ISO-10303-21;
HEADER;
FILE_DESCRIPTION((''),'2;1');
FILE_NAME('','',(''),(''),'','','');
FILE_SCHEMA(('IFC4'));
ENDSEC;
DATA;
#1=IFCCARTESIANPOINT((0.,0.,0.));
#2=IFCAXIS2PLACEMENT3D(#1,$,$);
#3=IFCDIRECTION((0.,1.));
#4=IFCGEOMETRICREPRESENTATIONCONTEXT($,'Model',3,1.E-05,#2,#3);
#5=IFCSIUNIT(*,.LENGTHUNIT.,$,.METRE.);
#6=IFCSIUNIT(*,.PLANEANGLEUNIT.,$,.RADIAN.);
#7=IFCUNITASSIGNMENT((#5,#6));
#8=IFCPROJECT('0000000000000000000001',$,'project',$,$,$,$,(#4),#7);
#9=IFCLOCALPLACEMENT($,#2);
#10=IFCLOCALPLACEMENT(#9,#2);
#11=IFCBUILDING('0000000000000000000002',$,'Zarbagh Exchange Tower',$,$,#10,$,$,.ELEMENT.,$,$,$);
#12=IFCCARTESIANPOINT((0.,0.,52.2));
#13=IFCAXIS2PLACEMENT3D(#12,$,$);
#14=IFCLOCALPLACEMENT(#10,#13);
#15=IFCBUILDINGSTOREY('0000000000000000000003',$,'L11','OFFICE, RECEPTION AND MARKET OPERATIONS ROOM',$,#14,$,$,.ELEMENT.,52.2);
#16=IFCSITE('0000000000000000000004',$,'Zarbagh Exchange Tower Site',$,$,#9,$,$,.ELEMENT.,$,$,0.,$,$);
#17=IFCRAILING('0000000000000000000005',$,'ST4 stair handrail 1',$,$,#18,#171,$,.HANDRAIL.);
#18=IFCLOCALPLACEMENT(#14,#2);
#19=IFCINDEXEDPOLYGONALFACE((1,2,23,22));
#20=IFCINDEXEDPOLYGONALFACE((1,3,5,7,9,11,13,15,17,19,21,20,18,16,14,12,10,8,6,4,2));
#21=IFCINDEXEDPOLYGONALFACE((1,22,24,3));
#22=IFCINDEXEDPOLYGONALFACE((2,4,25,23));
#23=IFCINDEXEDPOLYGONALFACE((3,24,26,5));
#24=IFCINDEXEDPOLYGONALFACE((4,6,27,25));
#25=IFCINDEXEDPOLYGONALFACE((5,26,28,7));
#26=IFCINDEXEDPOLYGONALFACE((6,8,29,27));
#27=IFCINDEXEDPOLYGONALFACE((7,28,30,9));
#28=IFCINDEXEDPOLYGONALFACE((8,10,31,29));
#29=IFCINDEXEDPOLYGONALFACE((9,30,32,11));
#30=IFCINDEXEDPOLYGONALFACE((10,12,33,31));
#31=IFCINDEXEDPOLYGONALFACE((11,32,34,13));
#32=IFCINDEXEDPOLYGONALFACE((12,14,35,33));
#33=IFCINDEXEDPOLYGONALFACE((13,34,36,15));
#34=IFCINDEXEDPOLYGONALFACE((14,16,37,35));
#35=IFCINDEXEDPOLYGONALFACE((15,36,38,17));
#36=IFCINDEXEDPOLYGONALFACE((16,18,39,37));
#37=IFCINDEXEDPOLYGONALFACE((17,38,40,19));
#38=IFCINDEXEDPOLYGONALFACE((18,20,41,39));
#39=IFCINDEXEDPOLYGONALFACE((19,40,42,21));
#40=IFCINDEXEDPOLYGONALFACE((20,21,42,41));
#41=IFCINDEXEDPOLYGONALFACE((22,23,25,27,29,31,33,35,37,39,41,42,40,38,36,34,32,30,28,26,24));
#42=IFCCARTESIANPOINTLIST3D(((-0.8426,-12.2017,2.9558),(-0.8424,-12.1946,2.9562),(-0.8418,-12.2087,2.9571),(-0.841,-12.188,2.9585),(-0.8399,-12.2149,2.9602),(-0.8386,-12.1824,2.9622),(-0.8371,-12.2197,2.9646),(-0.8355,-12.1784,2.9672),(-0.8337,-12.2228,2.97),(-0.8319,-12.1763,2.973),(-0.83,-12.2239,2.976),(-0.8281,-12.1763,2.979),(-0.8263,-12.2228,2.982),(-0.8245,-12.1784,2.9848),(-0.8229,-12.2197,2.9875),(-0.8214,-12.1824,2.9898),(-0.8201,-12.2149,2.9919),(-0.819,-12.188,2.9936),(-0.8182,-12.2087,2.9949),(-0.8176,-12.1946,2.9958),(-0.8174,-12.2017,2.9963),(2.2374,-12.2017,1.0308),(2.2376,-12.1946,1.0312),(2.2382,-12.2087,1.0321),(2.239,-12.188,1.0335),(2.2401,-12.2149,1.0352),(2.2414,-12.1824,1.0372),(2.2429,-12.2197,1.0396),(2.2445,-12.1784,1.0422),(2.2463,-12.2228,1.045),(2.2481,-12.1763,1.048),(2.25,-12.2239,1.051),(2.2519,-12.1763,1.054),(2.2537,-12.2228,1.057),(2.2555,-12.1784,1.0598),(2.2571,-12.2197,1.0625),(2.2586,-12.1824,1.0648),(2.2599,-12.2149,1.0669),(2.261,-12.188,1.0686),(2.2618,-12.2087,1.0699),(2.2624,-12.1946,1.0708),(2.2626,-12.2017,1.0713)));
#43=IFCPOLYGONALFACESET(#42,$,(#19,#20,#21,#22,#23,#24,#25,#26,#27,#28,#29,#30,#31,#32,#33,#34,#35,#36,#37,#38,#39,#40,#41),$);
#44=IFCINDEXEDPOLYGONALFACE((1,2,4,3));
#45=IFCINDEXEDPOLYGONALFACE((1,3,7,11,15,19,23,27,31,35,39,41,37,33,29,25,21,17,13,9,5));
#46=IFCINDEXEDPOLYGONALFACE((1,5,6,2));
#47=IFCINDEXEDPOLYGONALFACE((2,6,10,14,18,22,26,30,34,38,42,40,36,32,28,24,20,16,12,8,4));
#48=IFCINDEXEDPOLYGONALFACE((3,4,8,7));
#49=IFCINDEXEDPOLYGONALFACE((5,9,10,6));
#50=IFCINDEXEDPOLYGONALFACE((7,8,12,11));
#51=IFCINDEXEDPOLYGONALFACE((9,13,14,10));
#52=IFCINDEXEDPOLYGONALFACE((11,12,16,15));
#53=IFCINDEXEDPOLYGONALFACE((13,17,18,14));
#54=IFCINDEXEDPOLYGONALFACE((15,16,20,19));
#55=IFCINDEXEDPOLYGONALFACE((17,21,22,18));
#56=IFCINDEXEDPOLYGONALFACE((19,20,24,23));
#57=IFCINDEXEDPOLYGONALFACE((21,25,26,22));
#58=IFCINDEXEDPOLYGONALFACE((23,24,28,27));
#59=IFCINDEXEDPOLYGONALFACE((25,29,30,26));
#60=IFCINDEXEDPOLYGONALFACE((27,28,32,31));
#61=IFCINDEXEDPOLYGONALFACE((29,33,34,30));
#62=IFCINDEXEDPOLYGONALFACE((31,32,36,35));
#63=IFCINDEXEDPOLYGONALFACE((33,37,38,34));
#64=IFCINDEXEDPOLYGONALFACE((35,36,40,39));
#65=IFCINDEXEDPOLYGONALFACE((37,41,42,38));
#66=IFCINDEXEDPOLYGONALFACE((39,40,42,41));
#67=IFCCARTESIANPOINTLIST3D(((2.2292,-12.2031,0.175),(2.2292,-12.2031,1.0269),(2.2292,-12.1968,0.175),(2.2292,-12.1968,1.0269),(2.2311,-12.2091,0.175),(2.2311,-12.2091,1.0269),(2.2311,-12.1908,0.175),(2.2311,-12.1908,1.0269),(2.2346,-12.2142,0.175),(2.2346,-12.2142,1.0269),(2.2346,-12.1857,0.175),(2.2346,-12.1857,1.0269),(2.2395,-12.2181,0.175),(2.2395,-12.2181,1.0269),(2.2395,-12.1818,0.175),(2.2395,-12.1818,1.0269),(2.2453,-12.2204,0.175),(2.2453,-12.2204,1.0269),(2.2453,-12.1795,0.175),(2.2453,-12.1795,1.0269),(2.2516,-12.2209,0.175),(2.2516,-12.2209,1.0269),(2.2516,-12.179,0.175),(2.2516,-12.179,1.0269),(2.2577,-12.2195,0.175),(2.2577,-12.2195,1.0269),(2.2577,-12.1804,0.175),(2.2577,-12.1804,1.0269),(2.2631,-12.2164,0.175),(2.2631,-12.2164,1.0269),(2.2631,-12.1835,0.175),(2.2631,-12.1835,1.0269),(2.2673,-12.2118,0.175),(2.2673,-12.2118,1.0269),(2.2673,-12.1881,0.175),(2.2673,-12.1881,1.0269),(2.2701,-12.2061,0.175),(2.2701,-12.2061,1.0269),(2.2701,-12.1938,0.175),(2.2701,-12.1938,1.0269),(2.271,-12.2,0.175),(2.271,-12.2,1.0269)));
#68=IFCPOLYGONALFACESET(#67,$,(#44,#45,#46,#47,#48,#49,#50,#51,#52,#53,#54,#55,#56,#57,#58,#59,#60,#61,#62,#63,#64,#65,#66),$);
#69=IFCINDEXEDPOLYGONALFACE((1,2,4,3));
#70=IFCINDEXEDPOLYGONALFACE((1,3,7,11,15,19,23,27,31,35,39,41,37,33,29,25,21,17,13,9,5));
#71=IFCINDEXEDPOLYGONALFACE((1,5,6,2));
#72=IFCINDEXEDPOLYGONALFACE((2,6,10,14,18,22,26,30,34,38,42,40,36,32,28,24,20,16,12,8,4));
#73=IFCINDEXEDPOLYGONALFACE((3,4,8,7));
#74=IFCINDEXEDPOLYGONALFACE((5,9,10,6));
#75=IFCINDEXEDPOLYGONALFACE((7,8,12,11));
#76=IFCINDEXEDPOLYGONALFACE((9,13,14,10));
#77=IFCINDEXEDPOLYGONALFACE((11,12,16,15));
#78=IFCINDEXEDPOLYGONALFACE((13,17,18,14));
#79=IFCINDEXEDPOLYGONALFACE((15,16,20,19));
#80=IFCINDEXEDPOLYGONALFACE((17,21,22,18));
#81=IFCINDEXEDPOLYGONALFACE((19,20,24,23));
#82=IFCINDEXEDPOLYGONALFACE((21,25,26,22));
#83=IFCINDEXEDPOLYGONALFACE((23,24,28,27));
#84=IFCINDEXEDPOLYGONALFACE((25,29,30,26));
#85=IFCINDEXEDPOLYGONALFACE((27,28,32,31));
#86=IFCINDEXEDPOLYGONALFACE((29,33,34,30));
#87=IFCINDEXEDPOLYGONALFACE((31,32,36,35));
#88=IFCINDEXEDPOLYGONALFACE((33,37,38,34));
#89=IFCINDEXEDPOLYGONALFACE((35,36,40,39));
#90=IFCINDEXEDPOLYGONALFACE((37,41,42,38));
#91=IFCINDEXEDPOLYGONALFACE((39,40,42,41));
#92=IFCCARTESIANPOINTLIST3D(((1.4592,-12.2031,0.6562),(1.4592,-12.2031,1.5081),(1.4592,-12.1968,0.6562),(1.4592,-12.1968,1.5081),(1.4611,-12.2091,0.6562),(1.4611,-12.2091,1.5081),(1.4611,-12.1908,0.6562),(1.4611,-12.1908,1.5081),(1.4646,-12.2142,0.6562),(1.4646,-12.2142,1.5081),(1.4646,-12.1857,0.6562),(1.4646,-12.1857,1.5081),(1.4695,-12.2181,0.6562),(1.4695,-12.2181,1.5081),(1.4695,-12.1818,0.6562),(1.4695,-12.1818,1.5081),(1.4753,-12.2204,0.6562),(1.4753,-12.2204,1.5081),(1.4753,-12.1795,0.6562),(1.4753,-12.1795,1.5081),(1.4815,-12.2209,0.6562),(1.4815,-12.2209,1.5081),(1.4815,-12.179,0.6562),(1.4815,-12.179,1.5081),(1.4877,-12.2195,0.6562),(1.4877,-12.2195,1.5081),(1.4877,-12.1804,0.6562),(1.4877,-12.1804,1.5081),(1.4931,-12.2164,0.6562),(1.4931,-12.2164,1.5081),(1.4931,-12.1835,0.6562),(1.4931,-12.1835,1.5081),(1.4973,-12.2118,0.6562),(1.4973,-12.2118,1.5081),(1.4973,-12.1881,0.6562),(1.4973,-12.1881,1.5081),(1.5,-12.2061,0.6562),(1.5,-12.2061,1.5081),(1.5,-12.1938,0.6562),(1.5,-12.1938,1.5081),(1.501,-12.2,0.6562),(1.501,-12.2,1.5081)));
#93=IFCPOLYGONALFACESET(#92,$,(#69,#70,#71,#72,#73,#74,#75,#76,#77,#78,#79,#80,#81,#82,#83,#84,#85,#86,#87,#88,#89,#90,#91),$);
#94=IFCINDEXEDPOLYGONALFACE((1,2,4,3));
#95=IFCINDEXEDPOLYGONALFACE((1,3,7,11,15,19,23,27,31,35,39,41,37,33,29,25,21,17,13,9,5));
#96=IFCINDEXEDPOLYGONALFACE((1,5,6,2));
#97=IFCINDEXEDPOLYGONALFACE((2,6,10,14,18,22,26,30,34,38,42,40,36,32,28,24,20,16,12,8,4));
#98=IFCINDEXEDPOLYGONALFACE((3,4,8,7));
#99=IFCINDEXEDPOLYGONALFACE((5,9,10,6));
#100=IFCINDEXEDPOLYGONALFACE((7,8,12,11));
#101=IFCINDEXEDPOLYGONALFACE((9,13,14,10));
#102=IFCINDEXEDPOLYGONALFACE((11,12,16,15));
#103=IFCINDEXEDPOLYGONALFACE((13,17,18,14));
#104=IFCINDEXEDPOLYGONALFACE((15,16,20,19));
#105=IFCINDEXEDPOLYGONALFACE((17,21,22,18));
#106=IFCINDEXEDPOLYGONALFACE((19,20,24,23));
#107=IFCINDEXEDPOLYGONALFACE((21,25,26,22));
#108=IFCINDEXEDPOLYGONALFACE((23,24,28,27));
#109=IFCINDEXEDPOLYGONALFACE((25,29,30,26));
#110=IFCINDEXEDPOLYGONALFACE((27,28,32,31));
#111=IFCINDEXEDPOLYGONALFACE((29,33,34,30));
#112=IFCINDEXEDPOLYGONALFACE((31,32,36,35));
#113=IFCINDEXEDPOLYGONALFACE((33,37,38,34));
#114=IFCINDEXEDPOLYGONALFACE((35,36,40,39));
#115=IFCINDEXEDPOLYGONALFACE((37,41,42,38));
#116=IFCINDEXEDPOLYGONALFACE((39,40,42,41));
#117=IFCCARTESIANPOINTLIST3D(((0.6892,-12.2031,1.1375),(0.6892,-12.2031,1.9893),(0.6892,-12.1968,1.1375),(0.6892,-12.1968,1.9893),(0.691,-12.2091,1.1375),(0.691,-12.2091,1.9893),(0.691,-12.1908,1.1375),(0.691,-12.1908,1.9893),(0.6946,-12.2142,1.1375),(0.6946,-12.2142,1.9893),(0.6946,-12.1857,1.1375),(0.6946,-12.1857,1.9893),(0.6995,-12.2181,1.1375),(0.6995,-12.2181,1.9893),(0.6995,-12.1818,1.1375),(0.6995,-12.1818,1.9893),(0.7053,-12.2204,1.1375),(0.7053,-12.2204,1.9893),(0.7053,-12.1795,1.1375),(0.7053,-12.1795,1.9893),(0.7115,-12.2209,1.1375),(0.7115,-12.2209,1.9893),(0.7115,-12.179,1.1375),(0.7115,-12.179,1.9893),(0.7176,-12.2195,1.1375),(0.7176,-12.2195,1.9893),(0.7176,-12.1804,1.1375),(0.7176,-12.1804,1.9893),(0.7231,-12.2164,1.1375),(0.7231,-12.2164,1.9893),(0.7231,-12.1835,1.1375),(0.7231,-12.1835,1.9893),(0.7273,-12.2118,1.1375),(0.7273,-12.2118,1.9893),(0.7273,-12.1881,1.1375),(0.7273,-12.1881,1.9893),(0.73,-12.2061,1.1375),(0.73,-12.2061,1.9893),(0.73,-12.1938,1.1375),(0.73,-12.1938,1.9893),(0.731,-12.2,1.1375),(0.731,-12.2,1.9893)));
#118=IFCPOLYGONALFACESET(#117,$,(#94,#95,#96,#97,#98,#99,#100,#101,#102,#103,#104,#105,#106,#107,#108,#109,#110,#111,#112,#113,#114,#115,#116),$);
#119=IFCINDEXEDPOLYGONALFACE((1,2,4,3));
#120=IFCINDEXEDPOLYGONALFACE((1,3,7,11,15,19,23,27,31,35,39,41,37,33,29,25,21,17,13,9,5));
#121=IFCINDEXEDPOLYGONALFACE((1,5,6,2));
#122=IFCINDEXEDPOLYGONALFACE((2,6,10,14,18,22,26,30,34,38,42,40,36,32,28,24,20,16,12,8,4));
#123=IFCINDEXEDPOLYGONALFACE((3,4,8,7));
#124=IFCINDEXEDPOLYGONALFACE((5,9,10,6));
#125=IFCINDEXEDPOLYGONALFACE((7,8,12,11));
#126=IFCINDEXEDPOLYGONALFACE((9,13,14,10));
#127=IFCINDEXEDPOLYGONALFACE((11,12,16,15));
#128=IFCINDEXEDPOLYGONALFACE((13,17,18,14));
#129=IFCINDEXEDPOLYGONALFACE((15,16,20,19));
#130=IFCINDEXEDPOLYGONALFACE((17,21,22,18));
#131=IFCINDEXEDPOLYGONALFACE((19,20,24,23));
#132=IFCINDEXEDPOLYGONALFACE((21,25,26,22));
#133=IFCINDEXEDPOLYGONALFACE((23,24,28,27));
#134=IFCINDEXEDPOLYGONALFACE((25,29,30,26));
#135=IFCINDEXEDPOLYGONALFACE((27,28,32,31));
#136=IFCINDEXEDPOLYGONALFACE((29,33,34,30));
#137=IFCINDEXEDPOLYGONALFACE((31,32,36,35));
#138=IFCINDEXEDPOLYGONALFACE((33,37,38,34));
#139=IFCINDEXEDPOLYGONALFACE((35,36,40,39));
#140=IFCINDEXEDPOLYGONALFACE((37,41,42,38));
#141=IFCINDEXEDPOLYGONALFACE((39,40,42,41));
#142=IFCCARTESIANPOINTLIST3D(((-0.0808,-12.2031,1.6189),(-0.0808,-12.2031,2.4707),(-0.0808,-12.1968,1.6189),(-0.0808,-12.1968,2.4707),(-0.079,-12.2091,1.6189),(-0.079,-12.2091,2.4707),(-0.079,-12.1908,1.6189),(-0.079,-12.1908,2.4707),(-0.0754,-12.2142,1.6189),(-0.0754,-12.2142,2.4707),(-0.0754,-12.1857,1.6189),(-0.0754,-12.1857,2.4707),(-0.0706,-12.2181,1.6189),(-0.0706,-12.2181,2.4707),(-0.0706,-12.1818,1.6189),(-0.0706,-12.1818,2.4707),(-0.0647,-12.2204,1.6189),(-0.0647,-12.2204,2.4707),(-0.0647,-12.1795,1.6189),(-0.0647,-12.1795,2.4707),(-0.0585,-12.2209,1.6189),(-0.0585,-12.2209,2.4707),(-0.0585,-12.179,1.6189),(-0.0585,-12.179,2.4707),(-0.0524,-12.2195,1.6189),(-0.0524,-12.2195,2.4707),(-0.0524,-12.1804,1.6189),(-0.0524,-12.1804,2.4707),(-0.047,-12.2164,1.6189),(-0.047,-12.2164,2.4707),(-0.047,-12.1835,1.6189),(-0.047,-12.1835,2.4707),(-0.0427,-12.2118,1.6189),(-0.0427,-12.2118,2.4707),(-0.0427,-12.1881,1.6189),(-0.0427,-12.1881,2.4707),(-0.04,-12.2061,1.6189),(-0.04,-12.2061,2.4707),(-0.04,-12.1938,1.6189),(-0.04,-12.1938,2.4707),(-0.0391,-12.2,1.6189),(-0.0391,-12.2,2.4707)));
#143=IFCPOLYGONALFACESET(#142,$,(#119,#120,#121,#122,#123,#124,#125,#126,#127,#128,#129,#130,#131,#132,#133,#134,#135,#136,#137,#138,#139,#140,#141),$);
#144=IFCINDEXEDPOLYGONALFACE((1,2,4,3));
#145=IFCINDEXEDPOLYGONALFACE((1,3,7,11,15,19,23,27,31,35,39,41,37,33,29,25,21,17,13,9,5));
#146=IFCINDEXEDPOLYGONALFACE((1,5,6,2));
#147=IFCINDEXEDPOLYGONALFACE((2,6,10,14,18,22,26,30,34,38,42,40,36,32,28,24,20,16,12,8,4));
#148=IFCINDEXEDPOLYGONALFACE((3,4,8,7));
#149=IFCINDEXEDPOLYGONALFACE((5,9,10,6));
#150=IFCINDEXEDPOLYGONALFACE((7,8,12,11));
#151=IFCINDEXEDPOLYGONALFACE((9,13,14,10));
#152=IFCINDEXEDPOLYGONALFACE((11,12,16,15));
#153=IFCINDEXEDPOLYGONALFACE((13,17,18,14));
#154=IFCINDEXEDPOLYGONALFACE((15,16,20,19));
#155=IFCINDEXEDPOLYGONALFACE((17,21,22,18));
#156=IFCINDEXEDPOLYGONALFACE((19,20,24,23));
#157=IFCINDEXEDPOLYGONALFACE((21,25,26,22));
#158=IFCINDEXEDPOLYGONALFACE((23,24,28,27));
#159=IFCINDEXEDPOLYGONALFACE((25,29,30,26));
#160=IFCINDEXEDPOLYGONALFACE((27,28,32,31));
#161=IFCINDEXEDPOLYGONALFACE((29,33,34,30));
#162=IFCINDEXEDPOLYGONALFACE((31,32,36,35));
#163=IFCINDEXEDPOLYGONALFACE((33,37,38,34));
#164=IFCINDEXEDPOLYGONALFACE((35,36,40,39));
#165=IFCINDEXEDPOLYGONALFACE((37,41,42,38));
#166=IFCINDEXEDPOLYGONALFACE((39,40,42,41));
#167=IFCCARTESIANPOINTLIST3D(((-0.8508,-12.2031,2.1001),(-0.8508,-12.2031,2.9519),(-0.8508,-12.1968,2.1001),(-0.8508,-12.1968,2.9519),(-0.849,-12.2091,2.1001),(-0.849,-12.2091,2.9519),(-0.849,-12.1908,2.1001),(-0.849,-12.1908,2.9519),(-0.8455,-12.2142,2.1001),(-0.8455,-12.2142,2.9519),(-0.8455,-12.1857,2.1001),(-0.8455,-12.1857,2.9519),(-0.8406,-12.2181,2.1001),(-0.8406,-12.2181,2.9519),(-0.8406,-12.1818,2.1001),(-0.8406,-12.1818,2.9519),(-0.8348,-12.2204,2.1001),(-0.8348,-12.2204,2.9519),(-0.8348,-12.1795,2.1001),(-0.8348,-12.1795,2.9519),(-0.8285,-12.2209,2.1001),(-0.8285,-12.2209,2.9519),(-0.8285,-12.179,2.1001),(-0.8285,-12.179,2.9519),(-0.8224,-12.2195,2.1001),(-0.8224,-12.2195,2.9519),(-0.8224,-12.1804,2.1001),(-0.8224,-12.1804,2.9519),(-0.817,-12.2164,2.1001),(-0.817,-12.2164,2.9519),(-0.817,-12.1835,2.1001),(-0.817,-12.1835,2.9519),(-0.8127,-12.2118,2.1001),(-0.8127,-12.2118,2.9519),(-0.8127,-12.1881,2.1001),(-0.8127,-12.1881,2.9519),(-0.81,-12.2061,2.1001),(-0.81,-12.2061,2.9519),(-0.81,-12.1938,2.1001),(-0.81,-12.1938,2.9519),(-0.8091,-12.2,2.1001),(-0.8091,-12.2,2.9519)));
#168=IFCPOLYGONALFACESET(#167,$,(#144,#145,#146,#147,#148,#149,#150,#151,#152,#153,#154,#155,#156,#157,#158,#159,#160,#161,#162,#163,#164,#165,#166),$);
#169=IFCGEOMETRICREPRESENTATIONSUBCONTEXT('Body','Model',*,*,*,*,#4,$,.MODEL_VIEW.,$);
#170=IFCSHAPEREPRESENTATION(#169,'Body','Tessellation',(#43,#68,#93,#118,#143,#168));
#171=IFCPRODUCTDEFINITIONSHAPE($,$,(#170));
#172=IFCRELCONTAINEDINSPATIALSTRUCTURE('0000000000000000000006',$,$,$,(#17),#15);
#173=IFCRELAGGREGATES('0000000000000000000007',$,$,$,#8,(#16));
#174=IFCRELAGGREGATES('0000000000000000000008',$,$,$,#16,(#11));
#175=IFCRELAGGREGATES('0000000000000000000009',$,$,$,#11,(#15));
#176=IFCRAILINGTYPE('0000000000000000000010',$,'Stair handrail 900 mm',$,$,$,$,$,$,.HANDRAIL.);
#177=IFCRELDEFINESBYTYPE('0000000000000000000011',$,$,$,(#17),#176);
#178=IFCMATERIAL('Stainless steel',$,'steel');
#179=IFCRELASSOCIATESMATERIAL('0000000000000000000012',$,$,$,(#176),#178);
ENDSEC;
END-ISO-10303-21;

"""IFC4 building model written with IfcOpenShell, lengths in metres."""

from ifc_helpers import new_model, si_unit, direction, frame, origin, origin_2d, place, context, subcontext, project, spatial, circle, extrude, material, type_object, element, save


model = new_model("IFC4")

# Units and contexts
model_context = context("Model", 3, precision=1e-05, world=origin(), true_north=direction((0.0, 1.0)))
body_context = subcontext(model_context, "Body", "Model", "MODEL_VIEW")
ifc_project = project(units=[si_unit("LENGTHUNIT", "METRE"), si_unit("PLANEANGLEUNIT", "RADIAN")], contexts=[model_context])

# Site, building, storey
site_placement = place(None, origin())
site = spatial("IfcSite", under=ifc_project, at=site_placement, Name="Zarbagh Exchange Tower Site", CompositionType="ELEMENT", RefElevation=0.0)
building_placement = place(site_placement, origin())
building = spatial("IfcBuilding", under=site, at=building_placement, Name="Zarbagh Exchange Tower", CompositionType="ELEMENT")
storey_placement = place(building_placement, frame((0.0, 0.0, 52.2)))
storey = spatial("IfcBuildingStorey", under=building, at=storey_placement, Name="L11", Description="OFFICE, RECEPTION AND MARKET OPERATIONS ROOM", CompositionType="ELEMENT", Elevation=52.2)

# Railing
ifc_material_1 = material(Name="Stainless steel", Category="steel")
railing_type_1 = type_object("IfcRailingType", Name="Stair handrail 900 mm", PredefinedType="HANDRAIL", material=ifc_material_1)
railing_1_placement = place(storey_placement, frame((2.25, -12.2, 0.175)))
element("IfcRailing", 1, at=railing_1_placement, inside=storey, type_object=railing_type_1, Name="ST4 stair handrail 1", PredefinedType="HANDRAIL", context=body_context, shape_type="SweptSolid", body=[
    extrude(circle(Radius=0.0239, at=origin_2d()), frame((0.0, 0.0, 0.876), z_axis=(-0.847998, 0.0, 0.529999), x_axis=(0.0, -1.0, 0.0)), (0.0, 0.0, 1.0), 3.6321),
    extrude(circle(Radius=0.021, at=origin_2d()), origin(), (0.0, 0.0, 1.0), 0.8518),
    extrude(circle(Radius=0.021, at=origin_2d()), frame((-0.77, 0.0, 0.4812)), (0.0, 0.0, 1.0), 0.8518),
    extrude(circle(Radius=0.021, at=origin_2d()), frame((-1.54, 0.0, 0.9624)), (0.0, 0.0, 1.0), 0.8518),
    extrude(circle(Radius=0.021, at=origin_2d()), frame((-2.3101, 0.0, 1.4438)), (0.0, 0.0, 1.0), 0.8518),
    extrude(circle(Radius=0.021, at=origin_2d()), frame((-3.0801, 0.0, 1.925)), (0.0, 0.0, 1.0), 0.8518),
])

save(model, "model.ifc")
